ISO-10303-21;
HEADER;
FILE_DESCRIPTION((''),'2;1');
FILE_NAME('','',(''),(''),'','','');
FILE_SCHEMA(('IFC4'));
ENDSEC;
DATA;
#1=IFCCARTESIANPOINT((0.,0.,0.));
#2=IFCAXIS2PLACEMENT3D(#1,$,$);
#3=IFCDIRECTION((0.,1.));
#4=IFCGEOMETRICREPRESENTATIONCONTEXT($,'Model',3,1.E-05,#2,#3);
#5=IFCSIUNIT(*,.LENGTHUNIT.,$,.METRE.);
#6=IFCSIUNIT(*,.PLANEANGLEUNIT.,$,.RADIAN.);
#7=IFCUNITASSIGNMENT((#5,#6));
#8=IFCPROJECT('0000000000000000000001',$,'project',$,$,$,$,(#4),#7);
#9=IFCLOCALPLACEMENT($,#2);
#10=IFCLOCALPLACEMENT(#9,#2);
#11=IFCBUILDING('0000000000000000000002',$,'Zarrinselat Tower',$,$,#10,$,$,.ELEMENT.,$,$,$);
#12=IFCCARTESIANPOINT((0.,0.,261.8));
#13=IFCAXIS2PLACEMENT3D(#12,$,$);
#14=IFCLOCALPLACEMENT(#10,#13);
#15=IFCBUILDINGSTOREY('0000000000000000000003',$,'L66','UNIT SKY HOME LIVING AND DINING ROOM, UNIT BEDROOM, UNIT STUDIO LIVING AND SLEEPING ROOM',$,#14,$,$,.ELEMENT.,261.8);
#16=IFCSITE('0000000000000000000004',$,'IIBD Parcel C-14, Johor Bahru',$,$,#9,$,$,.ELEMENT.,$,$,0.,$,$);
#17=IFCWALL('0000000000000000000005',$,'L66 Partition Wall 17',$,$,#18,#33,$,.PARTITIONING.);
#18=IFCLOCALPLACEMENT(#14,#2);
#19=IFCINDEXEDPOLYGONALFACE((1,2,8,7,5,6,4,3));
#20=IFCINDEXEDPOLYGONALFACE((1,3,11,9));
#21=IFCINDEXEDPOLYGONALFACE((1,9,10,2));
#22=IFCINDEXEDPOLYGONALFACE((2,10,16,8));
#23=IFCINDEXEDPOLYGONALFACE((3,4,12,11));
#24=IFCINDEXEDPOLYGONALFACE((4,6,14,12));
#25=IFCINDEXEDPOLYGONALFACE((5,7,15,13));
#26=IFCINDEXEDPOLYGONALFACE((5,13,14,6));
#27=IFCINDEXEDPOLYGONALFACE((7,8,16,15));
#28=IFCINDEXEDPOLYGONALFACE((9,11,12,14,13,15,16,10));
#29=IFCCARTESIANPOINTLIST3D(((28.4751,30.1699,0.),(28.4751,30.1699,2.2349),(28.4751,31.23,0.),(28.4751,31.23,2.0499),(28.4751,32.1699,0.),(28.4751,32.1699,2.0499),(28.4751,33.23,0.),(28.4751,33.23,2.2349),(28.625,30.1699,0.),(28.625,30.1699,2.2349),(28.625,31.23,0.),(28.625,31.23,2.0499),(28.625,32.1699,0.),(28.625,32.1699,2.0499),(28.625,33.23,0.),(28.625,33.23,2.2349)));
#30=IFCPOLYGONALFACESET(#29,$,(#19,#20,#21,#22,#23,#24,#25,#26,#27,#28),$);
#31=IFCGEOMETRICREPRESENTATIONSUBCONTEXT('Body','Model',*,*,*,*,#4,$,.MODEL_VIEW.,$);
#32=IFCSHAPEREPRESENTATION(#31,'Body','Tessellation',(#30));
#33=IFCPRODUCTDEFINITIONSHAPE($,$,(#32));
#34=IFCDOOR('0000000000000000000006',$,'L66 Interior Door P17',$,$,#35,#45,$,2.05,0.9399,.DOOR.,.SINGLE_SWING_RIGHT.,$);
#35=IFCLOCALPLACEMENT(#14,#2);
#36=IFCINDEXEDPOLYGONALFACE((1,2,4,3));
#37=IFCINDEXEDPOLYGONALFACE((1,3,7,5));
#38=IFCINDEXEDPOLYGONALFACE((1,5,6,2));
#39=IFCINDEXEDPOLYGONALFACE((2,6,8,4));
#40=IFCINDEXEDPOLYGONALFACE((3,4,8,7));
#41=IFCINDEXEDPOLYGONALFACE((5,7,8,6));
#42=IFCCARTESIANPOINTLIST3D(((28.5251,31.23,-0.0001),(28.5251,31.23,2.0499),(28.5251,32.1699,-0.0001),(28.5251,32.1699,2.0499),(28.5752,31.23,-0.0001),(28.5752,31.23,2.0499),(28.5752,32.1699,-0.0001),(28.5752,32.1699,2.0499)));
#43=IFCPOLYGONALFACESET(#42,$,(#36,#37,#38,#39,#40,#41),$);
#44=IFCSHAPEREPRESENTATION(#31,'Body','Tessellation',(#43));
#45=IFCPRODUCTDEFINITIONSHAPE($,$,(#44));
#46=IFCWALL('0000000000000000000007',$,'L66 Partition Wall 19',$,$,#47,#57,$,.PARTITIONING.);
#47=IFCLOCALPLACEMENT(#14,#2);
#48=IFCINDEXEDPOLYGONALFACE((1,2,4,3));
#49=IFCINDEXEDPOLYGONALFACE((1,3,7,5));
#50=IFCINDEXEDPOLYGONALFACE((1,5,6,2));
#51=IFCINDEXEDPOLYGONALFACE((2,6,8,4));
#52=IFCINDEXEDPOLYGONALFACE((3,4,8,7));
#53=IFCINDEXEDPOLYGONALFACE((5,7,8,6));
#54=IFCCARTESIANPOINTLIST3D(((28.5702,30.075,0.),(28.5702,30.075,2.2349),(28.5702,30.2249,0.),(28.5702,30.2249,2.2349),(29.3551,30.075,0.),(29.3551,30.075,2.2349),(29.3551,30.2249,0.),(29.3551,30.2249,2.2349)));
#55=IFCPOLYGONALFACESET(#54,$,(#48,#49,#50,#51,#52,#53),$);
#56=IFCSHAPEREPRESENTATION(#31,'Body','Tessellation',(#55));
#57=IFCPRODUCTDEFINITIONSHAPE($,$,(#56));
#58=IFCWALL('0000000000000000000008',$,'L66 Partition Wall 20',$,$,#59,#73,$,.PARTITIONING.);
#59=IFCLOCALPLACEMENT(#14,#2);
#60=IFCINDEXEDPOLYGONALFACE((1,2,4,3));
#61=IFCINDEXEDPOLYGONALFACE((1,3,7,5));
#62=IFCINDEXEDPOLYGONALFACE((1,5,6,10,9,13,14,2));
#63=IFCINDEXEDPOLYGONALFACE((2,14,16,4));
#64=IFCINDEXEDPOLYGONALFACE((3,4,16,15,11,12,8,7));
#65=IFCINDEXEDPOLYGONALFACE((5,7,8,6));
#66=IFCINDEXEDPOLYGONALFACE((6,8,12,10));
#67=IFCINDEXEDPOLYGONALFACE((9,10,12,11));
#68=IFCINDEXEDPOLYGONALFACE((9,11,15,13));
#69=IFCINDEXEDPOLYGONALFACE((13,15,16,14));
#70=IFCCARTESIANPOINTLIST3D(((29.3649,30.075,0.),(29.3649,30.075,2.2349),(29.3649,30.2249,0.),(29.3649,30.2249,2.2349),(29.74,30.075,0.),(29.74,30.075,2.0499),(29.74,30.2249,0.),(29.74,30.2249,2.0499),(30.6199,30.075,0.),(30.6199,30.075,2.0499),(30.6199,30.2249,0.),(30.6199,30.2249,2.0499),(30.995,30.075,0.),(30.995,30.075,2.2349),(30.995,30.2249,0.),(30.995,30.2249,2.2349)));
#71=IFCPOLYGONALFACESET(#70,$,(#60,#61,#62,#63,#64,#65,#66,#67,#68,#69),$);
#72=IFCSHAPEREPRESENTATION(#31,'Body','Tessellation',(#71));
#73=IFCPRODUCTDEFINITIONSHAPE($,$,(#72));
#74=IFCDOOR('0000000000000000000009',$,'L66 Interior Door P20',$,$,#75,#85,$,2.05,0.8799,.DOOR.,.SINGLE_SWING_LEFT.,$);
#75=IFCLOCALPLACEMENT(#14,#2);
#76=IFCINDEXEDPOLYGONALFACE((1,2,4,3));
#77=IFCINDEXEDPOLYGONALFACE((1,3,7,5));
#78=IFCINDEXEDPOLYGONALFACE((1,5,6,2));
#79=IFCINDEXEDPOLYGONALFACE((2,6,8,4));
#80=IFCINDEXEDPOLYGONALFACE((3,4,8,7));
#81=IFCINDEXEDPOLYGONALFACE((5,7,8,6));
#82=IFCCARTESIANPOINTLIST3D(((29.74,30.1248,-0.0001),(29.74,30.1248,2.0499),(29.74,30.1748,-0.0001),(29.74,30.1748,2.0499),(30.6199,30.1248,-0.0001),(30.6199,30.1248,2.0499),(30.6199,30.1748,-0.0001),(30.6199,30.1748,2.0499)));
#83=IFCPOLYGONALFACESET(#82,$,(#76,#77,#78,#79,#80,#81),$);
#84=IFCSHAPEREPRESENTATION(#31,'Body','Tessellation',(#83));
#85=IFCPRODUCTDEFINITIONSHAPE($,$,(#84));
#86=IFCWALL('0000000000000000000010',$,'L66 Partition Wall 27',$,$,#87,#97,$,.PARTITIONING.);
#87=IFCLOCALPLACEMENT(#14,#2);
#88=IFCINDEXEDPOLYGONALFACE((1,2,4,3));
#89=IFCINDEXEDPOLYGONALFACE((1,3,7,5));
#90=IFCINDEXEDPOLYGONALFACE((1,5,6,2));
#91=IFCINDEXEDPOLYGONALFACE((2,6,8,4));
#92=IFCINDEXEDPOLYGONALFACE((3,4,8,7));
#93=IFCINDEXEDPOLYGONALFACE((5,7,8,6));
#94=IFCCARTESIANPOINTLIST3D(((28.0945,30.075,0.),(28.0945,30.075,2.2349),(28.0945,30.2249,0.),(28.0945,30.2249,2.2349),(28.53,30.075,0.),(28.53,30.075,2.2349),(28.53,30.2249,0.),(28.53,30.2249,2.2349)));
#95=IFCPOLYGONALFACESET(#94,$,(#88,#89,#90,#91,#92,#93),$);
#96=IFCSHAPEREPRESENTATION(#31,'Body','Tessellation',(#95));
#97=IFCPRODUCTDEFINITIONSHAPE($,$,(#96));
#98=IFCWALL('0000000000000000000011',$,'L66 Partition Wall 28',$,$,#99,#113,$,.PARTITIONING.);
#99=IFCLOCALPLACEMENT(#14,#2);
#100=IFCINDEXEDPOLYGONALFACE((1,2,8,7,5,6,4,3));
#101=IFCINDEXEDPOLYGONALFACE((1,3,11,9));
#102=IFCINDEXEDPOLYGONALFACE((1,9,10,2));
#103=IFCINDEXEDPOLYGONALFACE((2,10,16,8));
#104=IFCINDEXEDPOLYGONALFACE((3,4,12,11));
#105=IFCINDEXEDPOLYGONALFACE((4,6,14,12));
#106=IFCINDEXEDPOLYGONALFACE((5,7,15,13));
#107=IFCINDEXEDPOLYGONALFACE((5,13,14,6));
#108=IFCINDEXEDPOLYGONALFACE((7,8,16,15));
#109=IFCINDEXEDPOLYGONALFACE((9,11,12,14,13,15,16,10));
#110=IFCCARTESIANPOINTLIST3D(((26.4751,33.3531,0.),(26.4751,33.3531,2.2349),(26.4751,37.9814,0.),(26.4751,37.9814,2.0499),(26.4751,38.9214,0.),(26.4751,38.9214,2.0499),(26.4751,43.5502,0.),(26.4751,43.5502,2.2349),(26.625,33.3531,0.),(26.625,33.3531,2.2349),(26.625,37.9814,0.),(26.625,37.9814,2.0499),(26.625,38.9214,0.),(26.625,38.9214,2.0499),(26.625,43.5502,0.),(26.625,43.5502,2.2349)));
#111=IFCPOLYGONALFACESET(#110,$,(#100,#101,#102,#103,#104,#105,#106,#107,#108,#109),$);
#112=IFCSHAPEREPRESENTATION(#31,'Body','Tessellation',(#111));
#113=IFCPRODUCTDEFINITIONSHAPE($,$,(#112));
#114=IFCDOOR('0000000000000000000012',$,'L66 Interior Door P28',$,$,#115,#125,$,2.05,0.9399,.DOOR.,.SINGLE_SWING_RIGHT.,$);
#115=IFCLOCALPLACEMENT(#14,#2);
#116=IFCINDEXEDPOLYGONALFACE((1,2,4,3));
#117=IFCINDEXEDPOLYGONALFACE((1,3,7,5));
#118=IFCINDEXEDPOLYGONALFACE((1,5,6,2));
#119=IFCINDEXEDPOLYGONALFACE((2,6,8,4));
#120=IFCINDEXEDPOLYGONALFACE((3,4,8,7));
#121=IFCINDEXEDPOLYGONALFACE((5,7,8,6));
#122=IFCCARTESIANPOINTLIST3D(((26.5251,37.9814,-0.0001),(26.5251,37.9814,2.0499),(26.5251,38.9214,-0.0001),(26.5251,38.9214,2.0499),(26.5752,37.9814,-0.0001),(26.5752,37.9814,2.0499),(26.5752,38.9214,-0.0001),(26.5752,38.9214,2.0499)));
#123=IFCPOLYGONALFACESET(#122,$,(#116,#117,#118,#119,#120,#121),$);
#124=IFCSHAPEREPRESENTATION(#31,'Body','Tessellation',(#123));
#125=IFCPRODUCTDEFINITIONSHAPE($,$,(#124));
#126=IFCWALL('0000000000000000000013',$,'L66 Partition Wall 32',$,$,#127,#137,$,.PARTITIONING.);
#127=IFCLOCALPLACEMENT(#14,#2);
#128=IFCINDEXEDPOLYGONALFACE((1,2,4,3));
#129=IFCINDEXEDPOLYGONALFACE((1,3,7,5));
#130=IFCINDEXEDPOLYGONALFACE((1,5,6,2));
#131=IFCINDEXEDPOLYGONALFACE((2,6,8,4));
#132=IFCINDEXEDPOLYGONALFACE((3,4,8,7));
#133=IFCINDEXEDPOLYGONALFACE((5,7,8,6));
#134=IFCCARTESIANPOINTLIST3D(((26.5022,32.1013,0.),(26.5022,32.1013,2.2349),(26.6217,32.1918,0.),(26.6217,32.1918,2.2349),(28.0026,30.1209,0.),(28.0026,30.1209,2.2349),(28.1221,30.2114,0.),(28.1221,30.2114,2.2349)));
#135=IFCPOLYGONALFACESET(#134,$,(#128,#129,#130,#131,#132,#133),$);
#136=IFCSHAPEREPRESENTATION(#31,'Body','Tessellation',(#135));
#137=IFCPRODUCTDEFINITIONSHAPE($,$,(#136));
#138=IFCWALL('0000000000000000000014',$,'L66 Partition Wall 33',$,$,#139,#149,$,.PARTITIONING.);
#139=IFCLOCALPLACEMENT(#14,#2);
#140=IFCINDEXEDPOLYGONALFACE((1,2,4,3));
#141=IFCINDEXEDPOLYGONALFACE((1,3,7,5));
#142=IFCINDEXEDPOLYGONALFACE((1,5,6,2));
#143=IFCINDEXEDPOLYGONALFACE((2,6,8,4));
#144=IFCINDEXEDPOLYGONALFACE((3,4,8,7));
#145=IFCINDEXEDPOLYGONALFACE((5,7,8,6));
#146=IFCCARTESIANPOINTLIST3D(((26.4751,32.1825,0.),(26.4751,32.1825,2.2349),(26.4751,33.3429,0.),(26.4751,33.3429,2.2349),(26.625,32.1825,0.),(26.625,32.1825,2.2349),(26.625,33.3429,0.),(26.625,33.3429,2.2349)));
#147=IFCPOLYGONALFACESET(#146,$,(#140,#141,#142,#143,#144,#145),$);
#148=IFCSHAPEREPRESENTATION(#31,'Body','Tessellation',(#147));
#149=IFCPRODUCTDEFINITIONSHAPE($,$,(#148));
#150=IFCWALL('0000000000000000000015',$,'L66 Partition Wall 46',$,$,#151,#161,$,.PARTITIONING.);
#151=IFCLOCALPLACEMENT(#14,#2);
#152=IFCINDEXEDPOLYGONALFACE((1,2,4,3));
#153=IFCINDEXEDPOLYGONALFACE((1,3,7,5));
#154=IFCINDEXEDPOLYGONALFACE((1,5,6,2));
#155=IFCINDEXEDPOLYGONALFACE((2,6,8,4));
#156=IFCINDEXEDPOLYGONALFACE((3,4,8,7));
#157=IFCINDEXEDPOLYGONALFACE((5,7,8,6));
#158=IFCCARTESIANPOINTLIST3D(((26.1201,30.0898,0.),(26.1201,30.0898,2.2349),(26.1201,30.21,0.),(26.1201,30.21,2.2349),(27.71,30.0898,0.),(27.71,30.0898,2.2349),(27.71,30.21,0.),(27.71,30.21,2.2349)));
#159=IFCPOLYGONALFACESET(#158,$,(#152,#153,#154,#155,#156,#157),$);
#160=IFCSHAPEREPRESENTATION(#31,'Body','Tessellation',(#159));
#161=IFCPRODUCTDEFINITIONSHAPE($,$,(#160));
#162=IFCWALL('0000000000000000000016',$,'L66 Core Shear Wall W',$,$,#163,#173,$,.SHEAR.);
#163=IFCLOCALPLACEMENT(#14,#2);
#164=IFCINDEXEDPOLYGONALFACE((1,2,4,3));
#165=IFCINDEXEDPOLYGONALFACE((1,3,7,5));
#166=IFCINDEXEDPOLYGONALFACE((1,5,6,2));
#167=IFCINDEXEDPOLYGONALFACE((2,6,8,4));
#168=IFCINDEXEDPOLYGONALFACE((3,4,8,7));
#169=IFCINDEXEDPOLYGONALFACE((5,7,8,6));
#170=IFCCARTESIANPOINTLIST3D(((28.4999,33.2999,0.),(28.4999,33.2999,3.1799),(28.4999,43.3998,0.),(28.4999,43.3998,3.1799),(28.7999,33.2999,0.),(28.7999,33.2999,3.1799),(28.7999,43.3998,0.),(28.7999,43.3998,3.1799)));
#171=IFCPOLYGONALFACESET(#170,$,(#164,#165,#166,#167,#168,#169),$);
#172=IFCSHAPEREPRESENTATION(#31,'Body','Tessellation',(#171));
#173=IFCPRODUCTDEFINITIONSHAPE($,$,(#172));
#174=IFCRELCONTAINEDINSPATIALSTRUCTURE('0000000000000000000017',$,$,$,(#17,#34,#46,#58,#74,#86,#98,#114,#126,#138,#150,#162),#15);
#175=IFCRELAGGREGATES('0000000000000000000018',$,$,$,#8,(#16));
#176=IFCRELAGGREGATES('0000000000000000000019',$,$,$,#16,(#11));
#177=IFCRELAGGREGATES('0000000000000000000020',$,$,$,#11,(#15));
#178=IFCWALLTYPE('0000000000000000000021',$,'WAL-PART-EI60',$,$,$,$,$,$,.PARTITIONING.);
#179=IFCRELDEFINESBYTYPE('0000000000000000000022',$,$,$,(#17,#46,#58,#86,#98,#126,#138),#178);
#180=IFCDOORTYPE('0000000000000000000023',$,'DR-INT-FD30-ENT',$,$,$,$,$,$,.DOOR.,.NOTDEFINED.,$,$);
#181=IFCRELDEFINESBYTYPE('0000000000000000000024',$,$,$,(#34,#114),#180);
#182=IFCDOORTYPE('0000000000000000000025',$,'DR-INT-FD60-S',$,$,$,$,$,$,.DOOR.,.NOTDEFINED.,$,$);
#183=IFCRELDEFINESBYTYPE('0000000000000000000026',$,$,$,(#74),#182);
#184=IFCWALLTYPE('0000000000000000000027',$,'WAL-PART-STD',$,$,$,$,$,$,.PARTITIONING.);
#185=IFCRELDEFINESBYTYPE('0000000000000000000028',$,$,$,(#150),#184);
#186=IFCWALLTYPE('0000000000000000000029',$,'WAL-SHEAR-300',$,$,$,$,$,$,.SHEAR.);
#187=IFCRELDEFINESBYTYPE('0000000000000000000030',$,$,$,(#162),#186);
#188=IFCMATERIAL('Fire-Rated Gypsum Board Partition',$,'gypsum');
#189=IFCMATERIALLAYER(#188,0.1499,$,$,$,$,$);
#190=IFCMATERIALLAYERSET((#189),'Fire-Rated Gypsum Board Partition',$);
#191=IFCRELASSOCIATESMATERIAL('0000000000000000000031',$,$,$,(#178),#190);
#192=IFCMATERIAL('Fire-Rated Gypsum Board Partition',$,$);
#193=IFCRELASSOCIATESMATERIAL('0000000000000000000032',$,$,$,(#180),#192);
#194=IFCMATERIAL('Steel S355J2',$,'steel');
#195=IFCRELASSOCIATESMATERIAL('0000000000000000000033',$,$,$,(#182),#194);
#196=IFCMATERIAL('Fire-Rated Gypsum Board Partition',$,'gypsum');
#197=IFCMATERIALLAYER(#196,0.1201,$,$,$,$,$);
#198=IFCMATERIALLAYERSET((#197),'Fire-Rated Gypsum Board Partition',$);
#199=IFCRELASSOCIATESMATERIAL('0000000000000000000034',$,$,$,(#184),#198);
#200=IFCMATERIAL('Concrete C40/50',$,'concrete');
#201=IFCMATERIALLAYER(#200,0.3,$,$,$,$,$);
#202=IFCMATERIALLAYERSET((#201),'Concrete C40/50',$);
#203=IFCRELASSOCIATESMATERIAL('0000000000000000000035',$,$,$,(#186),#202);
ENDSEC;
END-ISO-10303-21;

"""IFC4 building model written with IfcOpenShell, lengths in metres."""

from ifc_helpers import new_model, si_unit, direction, frame, frame_2d, origin, place, context, subcontext, project, spatial, rectangle, extrude, material, layer, layer_set, type_object, element, fill, save


model = new_model("IFC4")

# Units and contexts
model_context = context("Model", 3, precision=1e-05, world=origin(), true_north=direction((0.0, 1.0)))
body_context = subcontext(model_context, "Body", "Model", "MODEL_VIEW")
ifc_project = project(units=[si_unit("LENGTHUNIT", "METRE"), si_unit("PLANEANGLEUNIT", "RADIAN")], contexts=[model_context])

# Site, building, storey
site_placement = place(None, origin())
site = spatial("IfcSite", under=ifc_project, at=site_placement, Name="IIBD Parcel C-14, Johor Bahru", CompositionType="ELEMENT", RefElevation=0.0)
building_placement = place(site_placement, origin())
building = spatial("IfcBuilding", under=site, at=building_placement, Name="Zarrinselat Tower", CompositionType="ELEMENT")
storey_placement = place(building_placement, frame((0.0, 0.0, 261.8)))
storey = spatial("IfcBuildingStorey", under=building, at=storey_placement, Name="L66", Description="UNIT SKY HOME LIVING AND DINING ROOM, UNIT BEDROOM, UNIT STUDIO LIVING AND SLEEPING ROOM", CompositionType="ELEMENT", Elevation=261.8)

# Wall, opening, door
ifc_material_1 = material(Name="Fire-Rated Gypsum Board Partition", Category="gypsum")
ifc_layer_1 = layer(ifc_material_1, 0.1499)
ifc_layer_set_1 = layer_set([ifc_layer_1], Name="Fire-Rated Gypsum Board Partition")
wall_type_1 = type_object("IfcWallType", Name="WAL-PART-EI60", PredefinedType="PARTITIONING", material=ifc_layer_set_1)
wall_1_placement = place(storey_placement, frame((28.55, 30.1699, 0.0), z_axis=(0.0, 0.0, 1.0), x_axis=(0.0, 1.0, 0.0)))
wall_1 = element("IfcWall", 1, at=wall_1_placement, inside=storey, type_object=wall_type_1, Name="L66 Partition Wall 17", PredefinedType="PARTITIONING", context=body_context, shape_type="SweptSolid", body=[
    extrude(rectangle(XDim=3.0601, YDim=0.1499, at=frame_2d((1.53, 0.0))), origin(), (0.0, 0.0, 1.0), 2.2349),
])
opening_1_placement = place(wall_1_placement, frame((1.0601, 0.0, 0.0)))
opening_1 = element("IfcOpeningElement", 2, at=opening_1_placement, cuts=wall_1, PredefinedType="OPENING", context=body_context, shape_type="SweptSolid", body=[
    extrude(rectangle(XDim=0.9399, YDim=2.05, at=frame_2d((0.47, 1.0249))), frame((0.0, 0.085, 0.0), z_axis=(0.0, -1.0, 0.0), x_axis=(1.0, 0.0, 0.0)), (0.0, 0.0, 1.0), 0.1699),
])
ifc_material_2 = material(Name="Fire-Rated Gypsum Board Partition")
door_type_1 = type_object("IfcDoorType", Name="DR-INT-FD30-ENT", OperationType="NOTDEFINED", PredefinedType="DOOR", material=ifc_material_2)
door_1_placement = place(opening_1_placement, origin())
door_1 = element("IfcDoor", 3, at=door_1_placement, inside=storey, type_object=door_type_1, Name="L66 Interior Door P17", OperationType="SINGLE_SWING_RIGHT", OverallHeight=2.05, OverallWidth=0.9399, PredefinedType="DOOR", context=body_context, shape_type="SweptSolid", body=[
    extrude(rectangle(XDim=0.9399, YDim=2.05, at=frame_2d((0.47, 1.0249))), frame((0.0, 0.0249, 0.0), z_axis=(0.0, -1.0, 0.0), x_axis=(1.0, 0.0, 0.0)), (0.0, 0.0, 1.0), 0.05),
])
fill(opening_1, door_1)

# Wall
wall_2_placement = place(storey_placement, frame((28.5701, 30.1499, 0.0), z_axis=(0.0, 0.0, 1.0), x_axis=(1.0, 0.0, 0.0)))
element("IfcWall", 4, at=wall_2_placement, inside=storey, type_object=wall_type_1, Name="L66 Partition Wall 19", PredefinedType="PARTITIONING", context=body_context, shape_type="SweptSolid", body=[
    extrude(rectangle(XDim=0.7849, YDim=0.1499, at=frame_2d((0.3926, 0.0))), origin(), (0.0, 0.0, 1.0), 2.2349),
])

# Wall, opening, door
wall_3_placement = place(storey_placement, frame((29.365, 30.1499, 0.0), z_axis=(0.0, 0.0, 1.0), x_axis=(1.0, 0.0, 0.0)))
wall_3 = element("IfcWall", 5, at=wall_3_placement, inside=storey, type_object=wall_type_1, Name="L66 Partition Wall 20", PredefinedType="PARTITIONING", context=body_context, shape_type="SweptSolid", body=[
    extrude(rectangle(XDim=1.6301, YDim=0.1499, at=frame_2d((0.8149, 0.0))), origin(), (0.0, 0.0, 1.0), 2.2349),
])
opening_2_placement = place(wall_3_placement, frame((0.375, 0.0, 0.0)))
opening_2 = element("IfcOpeningElement", 6, at=opening_2_placement, cuts=wall_3, PredefinedType="OPENING", context=body_context, shape_type="SweptSolid", body=[
    extrude(rectangle(XDim=0.8799, YDim=2.05, at=frame_2d((0.4399, 1.0249))), frame((0.0, 0.085, 0.0), z_axis=(0.0, -1.0, 0.0), x_axis=(1.0, 0.0, 0.0)), (0.0, 0.0, 1.0), 0.1699),
])
ifc_material_3 = material(Name="Steel S355J2", Category="steel")
door_type_2 = type_object("IfcDoorType", Name="DR-INT-FD60-S", OperationType="NOTDEFINED", PredefinedType="DOOR", material=ifc_material_3)
door_2_placement = place(opening_2_placement, origin())
door_2 = element("IfcDoor", 7, at=door_2_placement, inside=storey, type_object=door_type_2, Name="L66 Interior Door P20", OperationType="SINGLE_SWING_LEFT", OverallHeight=2.05, OverallWidth=0.8799, PredefinedType="DOOR", context=body_context, shape_type="SweptSolid", body=[
    extrude(rectangle(XDim=0.8799, YDim=2.05, at=frame_2d((0.4399, 1.0249))), frame((0.0, 0.0249, 0.0), z_axis=(0.0, -1.0, 0.0), x_axis=(1.0, 0.0, 0.0)), (0.0, 0.0, 1.0), 0.05),
])
fill(opening_2, door_2)

# Wall
wall_4_placement = place(storey_placement, frame((28.0945, 30.1499, 0.0), z_axis=(0.0, 0.0, 1.0), x_axis=(1.0, 0.0, 0.0)))
element("IfcWall", 8, at=wall_4_placement, inside=storey, type_object=wall_type_1, Name="L66 Partition Wall 27", PredefinedType="PARTITIONING", context=body_context, shape_type="SweptSolid", body=[
    extrude(rectangle(XDim=0.4355, YDim=0.1499, at=frame_2d((0.2178, 0.0))), origin(), (0.0, 0.0, 1.0), 2.2349),
])

# Wall, opening, door
wall_5_placement = place(storey_placement, frame((26.55, 33.353, 0.0), z_axis=(0.0, 0.0, 1.0), x_axis=(0.0, 1.0, 0.0)))
wall_5 = element("IfcWall", 9, at=wall_5_placement, inside=storey, type_object=wall_type_1, Name="L66 Partition Wall 28", PredefinedType="PARTITIONING", context=body_context, shape_type="SweptSolid", body=[
    extrude(rectangle(XDim=10.197, YDim=0.1499, at=frame_2d((5.0986, 0.0))), origin(), (0.0, 0.0, 1.0), 2.2349),
])
opening_3_placement = place(wall_5_placement, frame((4.6284, 0.0, 0.0)))
opening_3 = element("IfcOpeningElement", 10, at=opening_3_placement, cuts=wall_5, PredefinedType="OPENING", context=body_context, shape_type="SweptSolid", body=[
    extrude(rectangle(XDim=0.9399, YDim=2.05, at=frame_2d((0.47, 1.0249))), frame((0.0, 0.085, 0.0), z_axis=(0.0, -1.0, 0.0), x_axis=(1.0, 0.0, 0.0)), (0.0, 0.0, 1.0), 0.1699),
])
door_3_placement = place(opening_3_placement, origin())
door_3 = element("IfcDoor", 11, at=door_3_placement, inside=storey, type_object=door_type_1, Name="L66 Interior Door P28", OperationType="SINGLE_SWING_RIGHT", OverallHeight=2.05, OverallWidth=0.9399, PredefinedType="DOOR", context=body_context, shape_type="SweptSolid", body=[
    extrude(rectangle(XDim=0.9399, YDim=2.05, at=frame_2d((0.47, 1.0249))), frame((0.0, 0.0249, 0.0), z_axis=(0.0, -1.0, 0.0), x_axis=(1.0, 0.0, 0.0)), (0.0, 0.0, 1.0), 0.05),
])
fill(opening_3, door_3)

# Walls
wall_6_placement = place(storey_placement, frame((26.562, 32.1465, 0.0), z_axis=(0.0, 0.0, 1.0), x_axis=(0.603892, -0.797066, 0.0)))
element("IfcWall", 12, at=wall_6_placement, inside=storey, type_object=wall_type_1, Name="L66 Partition Wall 32", PredefinedType="PARTITIONING", context=body_context, shape_type="SweptSolid", body=[
    extrude(rectangle(XDim=2.4846, YDim=0.1499, at=frame_2d((1.2422, 0.0))), origin(), (0.0, 0.0, 1.0), 2.2349),
])
wall_7_placement = place(storey_placement, frame((26.55, 32.1826, 0.0), z_axis=(0.0, 0.0, 1.0), x_axis=(0.0, 1.0, 0.0)))
element("IfcWall", 13, at=wall_7_placement, inside=storey, type_object=wall_type_1, Name="L66 Partition Wall 33", PredefinedType="PARTITIONING", context=body_context, shape_type="SweptSolid", body=[
    extrude(rectangle(XDim=1.1604, YDim=0.1499, at=frame_2d((0.5801, 0.0))), origin(), (0.0, 0.0, 1.0), 2.2349),
])
ifc_material_4 = material(Name="Fire-Rated Gypsum Board Partition", Category="gypsum")
ifc_layer_2 = layer(ifc_material_4, 0.1201)
ifc_layer_set_2 = layer_set([ifc_layer_2], Name="Fire-Rated Gypsum Board Partition")
wall_type_2 = type_object("IfcWallType", Name="WAL-PART-STD", PredefinedType="PARTITIONING", material=ifc_layer_set_2)
wall_8_placement = place(storey_placement, frame((26.1201, 30.1499, 0.0), z_axis=(0.0, 0.0, 1.0), x_axis=(1.0, 0.0, 0.0)))
element("IfcWall", 14, at=wall_8_placement, inside=storey, type_object=wall_type_2, Name="L66 Partition Wall 46", PredefinedType="PARTITIONING", context=body_context, shape_type="SweptSolid", body=[
    extrude(rectangle(XDim=1.5898, YDim=0.1201, at=frame_2d((0.7949, 0.0))), origin(), (0.0, 0.0, 1.0), 2.2349),
])

# Shared definitions
ifc_material_5 = material(Name="Concrete C40/50", Category="concrete")
ifc_layer_3 = layer(ifc_material_5, 0.3)
ifc_layer_set_3 = layer_set([ifc_layer_3], Name="Concrete C40/50")
wall_type_3 = type_object("IfcWallType", Name="WAL-SHEAR-300", PredefinedType="SHEAR", material=ifc_layer_set_3)

# Wall
wall_9_placement = place(storey_placement, frame((28.6499, 33.3, 0.0), z_axis=(0.0, 0.0, 1.0), x_axis=(0.0, 1.0, 0.0)))
element("IfcWall", 15, at=wall_9_placement, inside=storey, type_object=wall_type_3, Name="L66 Core Shear Wall W", PredefinedType="SHEAR", context=body_context, shape_type="SweptSolid", body=[
    extrude(rectangle(XDim=10.0999, YDim=0.3, at=frame_2d((5.0498, 0.0))), origin(), (0.0, 0.0, 1.0), 3.1799),
])

save(model, "model.ifc")
